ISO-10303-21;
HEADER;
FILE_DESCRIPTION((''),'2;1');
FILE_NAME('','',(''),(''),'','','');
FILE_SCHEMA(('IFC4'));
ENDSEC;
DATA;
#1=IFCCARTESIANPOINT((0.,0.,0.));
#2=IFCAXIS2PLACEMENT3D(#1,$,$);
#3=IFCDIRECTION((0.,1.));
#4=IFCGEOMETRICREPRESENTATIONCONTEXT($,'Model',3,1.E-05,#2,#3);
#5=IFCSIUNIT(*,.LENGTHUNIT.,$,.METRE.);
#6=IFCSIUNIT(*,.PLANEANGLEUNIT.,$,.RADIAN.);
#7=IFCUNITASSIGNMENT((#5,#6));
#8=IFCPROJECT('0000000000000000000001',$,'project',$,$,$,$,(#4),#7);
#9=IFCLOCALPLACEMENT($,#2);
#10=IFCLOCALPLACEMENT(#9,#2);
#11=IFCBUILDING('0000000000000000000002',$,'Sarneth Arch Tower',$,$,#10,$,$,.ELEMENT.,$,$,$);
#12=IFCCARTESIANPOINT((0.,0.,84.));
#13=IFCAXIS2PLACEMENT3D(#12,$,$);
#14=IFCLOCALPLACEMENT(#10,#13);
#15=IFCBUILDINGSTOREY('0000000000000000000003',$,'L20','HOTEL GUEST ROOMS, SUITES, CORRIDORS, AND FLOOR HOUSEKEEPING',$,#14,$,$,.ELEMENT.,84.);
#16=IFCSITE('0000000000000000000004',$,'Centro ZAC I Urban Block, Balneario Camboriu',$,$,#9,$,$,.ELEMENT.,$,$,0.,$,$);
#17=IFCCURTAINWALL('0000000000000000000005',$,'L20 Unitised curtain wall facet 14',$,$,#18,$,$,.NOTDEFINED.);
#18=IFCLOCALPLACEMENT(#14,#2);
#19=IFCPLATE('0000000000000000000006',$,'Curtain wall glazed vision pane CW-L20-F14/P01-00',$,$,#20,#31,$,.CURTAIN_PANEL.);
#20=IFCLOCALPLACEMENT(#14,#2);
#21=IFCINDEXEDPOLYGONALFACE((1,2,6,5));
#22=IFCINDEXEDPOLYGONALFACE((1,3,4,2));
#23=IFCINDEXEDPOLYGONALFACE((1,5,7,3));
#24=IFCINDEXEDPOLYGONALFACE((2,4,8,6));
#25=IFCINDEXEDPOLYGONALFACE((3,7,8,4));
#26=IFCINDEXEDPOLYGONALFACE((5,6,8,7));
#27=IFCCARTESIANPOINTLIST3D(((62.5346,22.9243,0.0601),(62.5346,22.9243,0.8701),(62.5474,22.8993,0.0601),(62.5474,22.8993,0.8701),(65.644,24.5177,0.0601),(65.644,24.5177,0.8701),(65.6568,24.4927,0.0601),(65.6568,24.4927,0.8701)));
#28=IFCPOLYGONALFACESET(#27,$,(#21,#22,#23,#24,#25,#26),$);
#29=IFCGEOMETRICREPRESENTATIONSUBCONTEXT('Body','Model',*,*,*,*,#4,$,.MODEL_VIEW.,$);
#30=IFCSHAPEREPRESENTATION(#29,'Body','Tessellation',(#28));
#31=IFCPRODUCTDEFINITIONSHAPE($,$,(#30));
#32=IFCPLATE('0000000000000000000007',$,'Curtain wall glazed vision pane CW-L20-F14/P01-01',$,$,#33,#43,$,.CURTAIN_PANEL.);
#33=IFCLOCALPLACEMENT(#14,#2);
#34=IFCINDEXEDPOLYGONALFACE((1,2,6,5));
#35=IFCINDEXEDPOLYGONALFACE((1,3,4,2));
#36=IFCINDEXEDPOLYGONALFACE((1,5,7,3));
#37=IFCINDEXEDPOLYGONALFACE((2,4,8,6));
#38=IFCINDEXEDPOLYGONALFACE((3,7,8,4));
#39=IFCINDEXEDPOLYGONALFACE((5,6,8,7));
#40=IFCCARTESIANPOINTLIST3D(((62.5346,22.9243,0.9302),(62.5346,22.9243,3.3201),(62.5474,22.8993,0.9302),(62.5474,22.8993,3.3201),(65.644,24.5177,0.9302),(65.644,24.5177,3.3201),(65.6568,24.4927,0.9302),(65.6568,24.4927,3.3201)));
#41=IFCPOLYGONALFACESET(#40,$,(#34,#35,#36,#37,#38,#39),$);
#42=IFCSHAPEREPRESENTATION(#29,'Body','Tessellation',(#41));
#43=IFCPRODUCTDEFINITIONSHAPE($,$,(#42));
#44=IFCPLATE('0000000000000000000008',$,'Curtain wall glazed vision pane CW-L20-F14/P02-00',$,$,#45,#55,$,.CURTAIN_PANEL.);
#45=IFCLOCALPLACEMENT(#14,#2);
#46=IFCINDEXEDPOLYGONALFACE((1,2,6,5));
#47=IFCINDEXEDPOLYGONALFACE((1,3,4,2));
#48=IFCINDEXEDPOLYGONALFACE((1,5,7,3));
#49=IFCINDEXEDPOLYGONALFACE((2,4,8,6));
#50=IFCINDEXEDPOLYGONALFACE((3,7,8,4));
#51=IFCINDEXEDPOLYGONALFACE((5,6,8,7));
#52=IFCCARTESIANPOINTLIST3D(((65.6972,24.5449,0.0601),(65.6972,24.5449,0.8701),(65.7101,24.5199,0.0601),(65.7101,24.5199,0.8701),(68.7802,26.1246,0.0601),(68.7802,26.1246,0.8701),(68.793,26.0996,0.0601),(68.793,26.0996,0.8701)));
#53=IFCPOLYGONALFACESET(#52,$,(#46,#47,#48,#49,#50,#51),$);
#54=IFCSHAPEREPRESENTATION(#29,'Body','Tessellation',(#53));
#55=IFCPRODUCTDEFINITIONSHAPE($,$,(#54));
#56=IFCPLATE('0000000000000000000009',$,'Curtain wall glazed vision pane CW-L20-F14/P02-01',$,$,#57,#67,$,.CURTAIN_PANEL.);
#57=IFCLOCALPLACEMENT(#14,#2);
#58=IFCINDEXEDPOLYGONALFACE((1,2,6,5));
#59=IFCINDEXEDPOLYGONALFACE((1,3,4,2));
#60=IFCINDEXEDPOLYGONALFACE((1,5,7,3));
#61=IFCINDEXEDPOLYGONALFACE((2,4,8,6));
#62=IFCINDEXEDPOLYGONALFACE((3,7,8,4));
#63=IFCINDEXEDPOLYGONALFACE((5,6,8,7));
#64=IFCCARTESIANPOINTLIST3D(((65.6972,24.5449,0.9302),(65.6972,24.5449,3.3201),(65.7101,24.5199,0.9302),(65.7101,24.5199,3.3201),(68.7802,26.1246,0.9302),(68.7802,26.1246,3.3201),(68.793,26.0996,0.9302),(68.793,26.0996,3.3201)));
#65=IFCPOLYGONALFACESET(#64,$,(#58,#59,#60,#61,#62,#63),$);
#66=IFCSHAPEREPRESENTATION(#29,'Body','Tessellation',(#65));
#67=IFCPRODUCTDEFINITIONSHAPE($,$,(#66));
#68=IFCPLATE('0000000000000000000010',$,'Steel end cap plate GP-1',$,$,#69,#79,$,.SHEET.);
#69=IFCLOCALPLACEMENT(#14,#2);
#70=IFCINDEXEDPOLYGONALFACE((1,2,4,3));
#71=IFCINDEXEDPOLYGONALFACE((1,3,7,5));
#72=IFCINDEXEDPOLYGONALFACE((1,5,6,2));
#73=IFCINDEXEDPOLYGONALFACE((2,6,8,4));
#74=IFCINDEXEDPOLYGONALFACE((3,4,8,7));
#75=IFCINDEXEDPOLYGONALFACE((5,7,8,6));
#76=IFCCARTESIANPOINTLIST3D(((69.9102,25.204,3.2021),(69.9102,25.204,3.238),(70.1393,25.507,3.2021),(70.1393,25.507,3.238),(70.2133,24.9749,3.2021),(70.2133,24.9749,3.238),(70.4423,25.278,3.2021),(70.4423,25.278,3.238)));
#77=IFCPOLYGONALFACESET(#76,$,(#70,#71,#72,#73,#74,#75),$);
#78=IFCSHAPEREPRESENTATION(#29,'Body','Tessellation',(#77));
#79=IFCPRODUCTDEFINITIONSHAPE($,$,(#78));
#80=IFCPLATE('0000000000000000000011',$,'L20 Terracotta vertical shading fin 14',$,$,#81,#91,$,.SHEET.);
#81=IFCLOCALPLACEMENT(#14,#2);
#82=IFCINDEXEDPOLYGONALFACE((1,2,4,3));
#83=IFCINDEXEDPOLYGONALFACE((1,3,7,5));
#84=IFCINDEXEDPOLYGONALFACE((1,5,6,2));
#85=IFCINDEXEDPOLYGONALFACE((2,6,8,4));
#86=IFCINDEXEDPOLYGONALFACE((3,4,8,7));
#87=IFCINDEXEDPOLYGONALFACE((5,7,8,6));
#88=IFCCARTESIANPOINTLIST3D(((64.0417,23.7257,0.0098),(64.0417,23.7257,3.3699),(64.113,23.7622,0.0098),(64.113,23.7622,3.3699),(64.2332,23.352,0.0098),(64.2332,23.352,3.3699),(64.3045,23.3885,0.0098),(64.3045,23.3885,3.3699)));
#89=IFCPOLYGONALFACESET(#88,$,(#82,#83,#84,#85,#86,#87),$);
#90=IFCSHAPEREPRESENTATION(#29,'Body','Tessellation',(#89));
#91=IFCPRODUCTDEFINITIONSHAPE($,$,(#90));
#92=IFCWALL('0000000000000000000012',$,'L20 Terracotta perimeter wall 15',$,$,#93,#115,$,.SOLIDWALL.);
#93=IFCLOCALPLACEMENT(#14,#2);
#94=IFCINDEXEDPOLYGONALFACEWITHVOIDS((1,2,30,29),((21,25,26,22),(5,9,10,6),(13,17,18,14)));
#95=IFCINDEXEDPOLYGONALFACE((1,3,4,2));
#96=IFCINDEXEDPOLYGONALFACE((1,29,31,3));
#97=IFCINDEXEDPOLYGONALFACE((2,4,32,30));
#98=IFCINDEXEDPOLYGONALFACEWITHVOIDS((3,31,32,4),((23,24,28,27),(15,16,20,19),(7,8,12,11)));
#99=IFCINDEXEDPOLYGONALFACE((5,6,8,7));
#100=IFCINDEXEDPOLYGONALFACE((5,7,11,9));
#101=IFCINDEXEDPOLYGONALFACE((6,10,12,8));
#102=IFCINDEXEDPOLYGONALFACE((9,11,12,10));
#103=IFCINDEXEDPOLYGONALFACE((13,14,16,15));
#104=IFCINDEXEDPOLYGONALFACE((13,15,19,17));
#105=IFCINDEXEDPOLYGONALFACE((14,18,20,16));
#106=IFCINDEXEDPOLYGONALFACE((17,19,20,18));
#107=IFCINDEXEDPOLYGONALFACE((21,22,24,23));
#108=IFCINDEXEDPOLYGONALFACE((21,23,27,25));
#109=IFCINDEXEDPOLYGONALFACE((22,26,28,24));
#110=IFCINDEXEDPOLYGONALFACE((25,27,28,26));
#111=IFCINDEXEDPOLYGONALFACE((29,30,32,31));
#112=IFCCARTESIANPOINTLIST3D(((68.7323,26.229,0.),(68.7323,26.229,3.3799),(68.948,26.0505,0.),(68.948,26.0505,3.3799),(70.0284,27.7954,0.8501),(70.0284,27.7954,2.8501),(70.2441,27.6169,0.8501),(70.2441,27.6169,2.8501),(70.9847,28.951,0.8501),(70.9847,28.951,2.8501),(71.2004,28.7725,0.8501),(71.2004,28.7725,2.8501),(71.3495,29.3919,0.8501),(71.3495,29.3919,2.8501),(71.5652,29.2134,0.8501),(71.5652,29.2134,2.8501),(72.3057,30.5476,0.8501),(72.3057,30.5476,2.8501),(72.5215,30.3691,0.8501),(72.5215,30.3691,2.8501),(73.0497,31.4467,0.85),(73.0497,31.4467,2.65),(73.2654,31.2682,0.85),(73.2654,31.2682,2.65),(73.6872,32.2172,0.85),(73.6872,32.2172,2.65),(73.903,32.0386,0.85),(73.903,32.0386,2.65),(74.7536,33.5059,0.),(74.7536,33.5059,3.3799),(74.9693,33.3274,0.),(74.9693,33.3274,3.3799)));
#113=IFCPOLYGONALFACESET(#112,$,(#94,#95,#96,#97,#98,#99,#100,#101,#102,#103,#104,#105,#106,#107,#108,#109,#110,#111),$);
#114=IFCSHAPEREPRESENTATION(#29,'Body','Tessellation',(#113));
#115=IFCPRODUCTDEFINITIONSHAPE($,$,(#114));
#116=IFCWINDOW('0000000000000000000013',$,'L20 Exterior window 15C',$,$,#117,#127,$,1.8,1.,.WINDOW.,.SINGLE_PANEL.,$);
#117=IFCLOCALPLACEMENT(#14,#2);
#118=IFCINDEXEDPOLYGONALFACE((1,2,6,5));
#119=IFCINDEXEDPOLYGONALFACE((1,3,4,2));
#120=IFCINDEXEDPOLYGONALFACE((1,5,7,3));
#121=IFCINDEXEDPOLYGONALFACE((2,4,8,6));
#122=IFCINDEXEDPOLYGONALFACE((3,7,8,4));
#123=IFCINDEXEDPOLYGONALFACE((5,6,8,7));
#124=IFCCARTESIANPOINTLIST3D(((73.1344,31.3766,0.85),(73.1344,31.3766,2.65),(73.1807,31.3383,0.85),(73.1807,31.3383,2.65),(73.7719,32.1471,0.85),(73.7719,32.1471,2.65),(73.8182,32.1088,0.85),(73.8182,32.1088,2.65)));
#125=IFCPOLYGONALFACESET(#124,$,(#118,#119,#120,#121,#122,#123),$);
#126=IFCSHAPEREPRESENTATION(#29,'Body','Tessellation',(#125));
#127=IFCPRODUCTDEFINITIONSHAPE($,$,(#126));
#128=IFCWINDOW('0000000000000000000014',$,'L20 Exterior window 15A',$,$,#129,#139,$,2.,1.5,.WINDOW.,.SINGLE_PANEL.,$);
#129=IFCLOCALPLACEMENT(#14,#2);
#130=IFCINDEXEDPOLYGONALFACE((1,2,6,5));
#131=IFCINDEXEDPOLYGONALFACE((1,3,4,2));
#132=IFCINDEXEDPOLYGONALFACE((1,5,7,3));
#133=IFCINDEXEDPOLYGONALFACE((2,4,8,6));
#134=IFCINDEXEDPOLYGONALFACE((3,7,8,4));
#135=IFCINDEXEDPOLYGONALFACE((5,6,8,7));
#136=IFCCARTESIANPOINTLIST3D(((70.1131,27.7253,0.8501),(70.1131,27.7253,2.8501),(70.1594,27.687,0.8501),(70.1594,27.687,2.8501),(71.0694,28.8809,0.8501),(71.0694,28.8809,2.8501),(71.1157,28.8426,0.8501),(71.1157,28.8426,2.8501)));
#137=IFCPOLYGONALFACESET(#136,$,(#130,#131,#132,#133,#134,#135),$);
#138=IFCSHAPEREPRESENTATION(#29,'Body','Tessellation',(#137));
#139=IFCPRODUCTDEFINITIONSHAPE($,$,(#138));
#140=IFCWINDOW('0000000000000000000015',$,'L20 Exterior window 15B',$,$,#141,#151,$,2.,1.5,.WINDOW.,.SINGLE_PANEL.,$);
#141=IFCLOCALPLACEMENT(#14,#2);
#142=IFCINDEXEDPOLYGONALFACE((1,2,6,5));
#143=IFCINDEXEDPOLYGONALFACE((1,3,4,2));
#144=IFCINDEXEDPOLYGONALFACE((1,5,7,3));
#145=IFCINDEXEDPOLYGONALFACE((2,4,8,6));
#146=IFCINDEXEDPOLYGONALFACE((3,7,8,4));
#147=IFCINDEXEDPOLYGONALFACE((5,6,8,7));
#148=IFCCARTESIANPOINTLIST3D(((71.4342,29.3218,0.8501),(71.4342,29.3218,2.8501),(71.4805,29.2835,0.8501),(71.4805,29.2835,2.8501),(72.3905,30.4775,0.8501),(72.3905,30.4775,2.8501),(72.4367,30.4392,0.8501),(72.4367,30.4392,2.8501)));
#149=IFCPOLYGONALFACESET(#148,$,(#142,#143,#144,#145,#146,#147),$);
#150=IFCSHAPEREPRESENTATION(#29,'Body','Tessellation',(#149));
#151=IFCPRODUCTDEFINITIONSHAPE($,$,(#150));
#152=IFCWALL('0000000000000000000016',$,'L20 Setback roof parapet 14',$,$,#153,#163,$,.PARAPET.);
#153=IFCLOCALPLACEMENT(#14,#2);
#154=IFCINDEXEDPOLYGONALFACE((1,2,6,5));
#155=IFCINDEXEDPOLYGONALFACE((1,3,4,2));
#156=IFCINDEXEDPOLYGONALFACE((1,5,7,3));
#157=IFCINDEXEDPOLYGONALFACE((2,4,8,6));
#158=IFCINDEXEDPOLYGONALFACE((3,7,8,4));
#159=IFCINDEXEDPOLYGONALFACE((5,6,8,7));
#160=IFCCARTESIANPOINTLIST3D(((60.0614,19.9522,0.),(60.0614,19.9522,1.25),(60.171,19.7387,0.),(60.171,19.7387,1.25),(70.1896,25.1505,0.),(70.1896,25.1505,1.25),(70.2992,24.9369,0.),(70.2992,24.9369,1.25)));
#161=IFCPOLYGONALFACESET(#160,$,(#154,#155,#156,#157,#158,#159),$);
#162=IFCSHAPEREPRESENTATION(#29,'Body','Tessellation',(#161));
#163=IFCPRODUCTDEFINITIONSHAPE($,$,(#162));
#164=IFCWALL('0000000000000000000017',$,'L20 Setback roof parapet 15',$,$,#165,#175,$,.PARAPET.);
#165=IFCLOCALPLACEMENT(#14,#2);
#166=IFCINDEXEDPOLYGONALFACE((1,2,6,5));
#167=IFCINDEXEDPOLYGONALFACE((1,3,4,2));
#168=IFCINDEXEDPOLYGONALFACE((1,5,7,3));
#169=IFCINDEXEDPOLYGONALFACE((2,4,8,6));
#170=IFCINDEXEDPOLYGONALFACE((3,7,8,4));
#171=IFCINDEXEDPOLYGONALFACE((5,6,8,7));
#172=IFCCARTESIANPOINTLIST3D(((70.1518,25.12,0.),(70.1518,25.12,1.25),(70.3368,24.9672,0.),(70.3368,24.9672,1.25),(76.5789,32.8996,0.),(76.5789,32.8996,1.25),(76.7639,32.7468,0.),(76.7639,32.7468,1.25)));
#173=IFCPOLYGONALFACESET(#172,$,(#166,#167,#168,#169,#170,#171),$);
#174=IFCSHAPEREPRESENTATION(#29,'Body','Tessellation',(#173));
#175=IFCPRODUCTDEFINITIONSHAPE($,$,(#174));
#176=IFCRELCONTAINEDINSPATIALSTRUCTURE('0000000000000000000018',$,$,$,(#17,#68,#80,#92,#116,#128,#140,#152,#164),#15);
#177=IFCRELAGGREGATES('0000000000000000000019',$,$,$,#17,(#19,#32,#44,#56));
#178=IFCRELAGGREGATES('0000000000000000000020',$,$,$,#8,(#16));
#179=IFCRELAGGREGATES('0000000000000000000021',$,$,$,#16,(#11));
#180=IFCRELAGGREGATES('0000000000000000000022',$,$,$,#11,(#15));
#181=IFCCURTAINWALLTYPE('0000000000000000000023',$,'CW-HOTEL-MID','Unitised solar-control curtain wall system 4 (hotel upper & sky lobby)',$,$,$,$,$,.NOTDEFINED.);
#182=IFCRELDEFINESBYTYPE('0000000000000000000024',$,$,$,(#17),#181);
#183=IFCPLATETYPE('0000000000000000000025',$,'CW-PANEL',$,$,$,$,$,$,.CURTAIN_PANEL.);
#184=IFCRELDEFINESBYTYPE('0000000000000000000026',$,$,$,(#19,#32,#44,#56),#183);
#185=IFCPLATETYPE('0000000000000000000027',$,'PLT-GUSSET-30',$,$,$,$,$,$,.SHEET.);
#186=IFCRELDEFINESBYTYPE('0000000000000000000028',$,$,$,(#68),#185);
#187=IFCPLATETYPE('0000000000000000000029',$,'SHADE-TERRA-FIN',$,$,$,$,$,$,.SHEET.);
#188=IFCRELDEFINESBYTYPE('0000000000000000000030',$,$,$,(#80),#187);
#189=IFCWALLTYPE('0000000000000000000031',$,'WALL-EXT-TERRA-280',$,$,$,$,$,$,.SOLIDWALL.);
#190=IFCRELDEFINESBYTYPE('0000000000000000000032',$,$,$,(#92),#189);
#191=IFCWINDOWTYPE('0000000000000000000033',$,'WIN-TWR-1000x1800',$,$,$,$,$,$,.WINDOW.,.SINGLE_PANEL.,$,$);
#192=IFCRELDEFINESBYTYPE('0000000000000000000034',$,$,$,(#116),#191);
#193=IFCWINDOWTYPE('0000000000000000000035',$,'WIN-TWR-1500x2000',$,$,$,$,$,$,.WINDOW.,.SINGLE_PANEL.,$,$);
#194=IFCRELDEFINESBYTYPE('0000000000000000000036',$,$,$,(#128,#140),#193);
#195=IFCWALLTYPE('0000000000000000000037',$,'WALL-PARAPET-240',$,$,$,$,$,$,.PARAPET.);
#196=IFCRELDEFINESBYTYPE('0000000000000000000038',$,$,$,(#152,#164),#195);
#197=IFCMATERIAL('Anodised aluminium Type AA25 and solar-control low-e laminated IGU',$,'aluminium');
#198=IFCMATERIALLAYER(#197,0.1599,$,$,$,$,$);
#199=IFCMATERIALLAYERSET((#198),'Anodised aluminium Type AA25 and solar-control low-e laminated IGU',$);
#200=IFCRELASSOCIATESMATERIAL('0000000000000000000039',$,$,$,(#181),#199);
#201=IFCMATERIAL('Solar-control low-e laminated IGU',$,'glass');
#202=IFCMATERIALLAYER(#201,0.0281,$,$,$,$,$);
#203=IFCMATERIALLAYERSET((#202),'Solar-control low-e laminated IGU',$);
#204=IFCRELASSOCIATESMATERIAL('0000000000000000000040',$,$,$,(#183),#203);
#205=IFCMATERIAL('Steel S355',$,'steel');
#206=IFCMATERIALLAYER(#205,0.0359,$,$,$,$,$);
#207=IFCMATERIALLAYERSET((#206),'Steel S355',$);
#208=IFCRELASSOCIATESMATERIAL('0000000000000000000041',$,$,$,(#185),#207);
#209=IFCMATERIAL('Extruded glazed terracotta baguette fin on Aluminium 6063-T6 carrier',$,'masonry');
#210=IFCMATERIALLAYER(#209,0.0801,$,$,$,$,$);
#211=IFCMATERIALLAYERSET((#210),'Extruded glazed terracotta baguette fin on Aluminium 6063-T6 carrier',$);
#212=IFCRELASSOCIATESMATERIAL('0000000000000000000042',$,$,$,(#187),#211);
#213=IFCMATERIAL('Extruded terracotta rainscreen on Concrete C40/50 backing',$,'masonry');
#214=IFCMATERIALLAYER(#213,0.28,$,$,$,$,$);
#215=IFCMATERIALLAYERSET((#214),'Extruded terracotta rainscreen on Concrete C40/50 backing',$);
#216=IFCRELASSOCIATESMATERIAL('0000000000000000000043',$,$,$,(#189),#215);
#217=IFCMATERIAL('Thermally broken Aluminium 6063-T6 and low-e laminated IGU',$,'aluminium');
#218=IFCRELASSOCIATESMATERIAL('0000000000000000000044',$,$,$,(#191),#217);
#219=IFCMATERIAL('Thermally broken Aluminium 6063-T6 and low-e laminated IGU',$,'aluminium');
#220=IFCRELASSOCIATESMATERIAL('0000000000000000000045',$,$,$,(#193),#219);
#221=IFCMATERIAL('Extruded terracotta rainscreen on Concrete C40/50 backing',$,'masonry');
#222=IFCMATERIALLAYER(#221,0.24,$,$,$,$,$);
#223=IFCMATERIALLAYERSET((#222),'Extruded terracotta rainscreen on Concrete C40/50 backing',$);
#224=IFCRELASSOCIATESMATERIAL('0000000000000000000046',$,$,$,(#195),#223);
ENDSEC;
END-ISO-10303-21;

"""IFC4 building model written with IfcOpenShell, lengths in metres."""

from ifc_helpers import new_model, si_unit, direction, frame, frame_2d, origin, origin_2d, place, context, subcontext, project, spatial, rectangle, extrude, material, layer, layer_set, type_object, element, fill, aggregate, save


model = new_model("IFC4")

# Units and contexts
model_context = context("Model", 3, precision=1e-05, world=origin(), true_north=direction((0.0, 1.0)))
body_context = subcontext(model_context, "Body", "Model", "MODEL_VIEW")
ifc_project = project(units=[si_unit("LENGTHUNIT", "METRE"), si_unit("PLANEANGLEUNIT", "RADIAN")], contexts=[model_context])

# Site, building, storey
site_placement = place(None, origin())
site = spatial("IfcSite", under=ifc_project, at=site_placement, Name="Centro ZAC I Urban Block, Balneario Camboriu", CompositionType="ELEMENT", RefElevation=0.0)
building_placement = place(site_placement, origin())
building = spatial("IfcBuilding", under=site, at=building_placement, Name="Sarneth Arch Tower", CompositionType="ELEMENT")
storey_placement = place(building_placement, frame((0.0, 0.0, 84.0)))
storey = spatial("IfcBuildingStorey", under=building, at=storey_placement, Name="L20", Description="HOTEL GUEST ROOMS, SUITES, CORRIDORS, AND FLOOR HOUSEKEEPING", CompositionType="ELEMENT", Elevation=84.0)

# Curtain wall, plates
ifc_material_1 = material(Name="Anodised aluminium Type AA25 and solar-control low-e laminated IGU", Category="aluminium")
ifc_layer_1 = layer(ifc_material_1, 0.1599)
ifc_layer_set_1 = layer_set([ifc_layer_1], Name="Anodised aluminium Type AA25 and solar-control low-e laminated IGU")
curtain_wall_type = type_object("IfcCurtainWallType", Name="CW-HOTEL-MID", Description="Unitised solar-control curtain wall system 4 (hotel upper & sky lobby)", PredefinedType="NOTDEFINED", material=ifc_layer_set_1)
curtain_wall_placement = place(storey_placement, origin())
curtain_wall = element("IfcCurtainWall", 1, at=curtain_wall_placement, inside=storey, type_object=curtain_wall_type, Name="L20 Unitised curtain wall facet 14", PredefinedType="NOTDEFINED")
ifc_material_2 = material(Name="Solar-control low-e laminated IGU", Category="glass")
ifc_layer_2 = layer(ifc_material_2, 0.0281)
ifc_layer_set_2 = layer_set([ifc_layer_2], Name="Solar-control low-e laminated IGU")
plate_type_1 = type_object("IfcPlateType", Name="CW-PANEL", PredefinedType="CURTAIN_PANEL", material=ifc_layer_set_2)
plate_1_placement = place(storey_placement, frame((64.0957, 23.7085, 0.0601), z_axis=(0.0, 0.0, 1.0), x_axis=(0.889964, 0.456031, 0.0)))
plate_1 = element("IfcPlate", 2, at=plate_1_placement, type_object=plate_type_1, Name="Curtain wall glazed vision pane CW-L20-F14/P01-00", PredefinedType="CURTAIN_PANEL", context=body_context, shape_type="SweptSolid", body=[
    extrude(rectangle(XDim=3.4939, YDim=0.0281, at=origin_2d()), origin(), (0.0, 0.0, 1.0), 0.8101),
])
plate_2_placement = place(storey_placement, frame((64.0957, 23.7085, 0.9302), z_axis=(0.0, 0.0, 1.0), x_axis=(0.889964, 0.456031, 0.0)))
plate_2 = element("IfcPlate", 3, at=plate_2_placement, type_object=plate_type_1, Name="Curtain wall glazed vision pane CW-L20-F14/P01-01", PredefinedType="CURTAIN_PANEL", context=body_context, shape_type="SweptSolid", body=[
    extrude(rectangle(XDim=3.4939, YDim=0.0281, at=origin_2d()), origin(), (0.0, 0.0, 1.0), 2.3899),
])
plate_3_placement = place(storey_placement, frame((67.2451, 25.3223, 0.0601), z_axis=(0.0, 0.0, 1.0), x_axis=(0.889964, 0.456031, 0.0)))
plate_3 = element("IfcPlate", 4, at=plate_3_placement, type_object=plate_type_1, Name="Curtain wall glazed vision pane CW-L20-F14/P02-00", PredefinedType="CURTAIN_PANEL", context=body_context, shape_type="SweptSolid", body=[
    extrude(rectangle(XDim=3.4641, YDim=0.0281, at=origin_2d()), origin(), (0.0, 0.0, 1.0), 0.8101),
])
plate_4_placement = place(storey_placement, frame((67.2451, 25.3223, 0.9302), z_axis=(0.0, 0.0, 1.0), x_axis=(0.889964, 0.456031, 0.0)))
plate_4 = element("IfcPlate", 5, at=plate_4_placement, type_object=plate_type_1, Name="Curtain wall glazed vision pane CW-L20-F14/P02-01", PredefinedType="CURTAIN_PANEL", context=body_context, shape_type="SweptSolid", body=[
    extrude(rectangle(XDim=3.4641, YDim=0.0281, at=origin_2d()), origin(), (0.0, 0.0, 1.0), 2.3899),
])
aggregate(curtain_wall, [plate_1, plate_2, plate_3, plate_4])

# Plates
ifc_material_3 = material(Name="Steel S355", Category="steel")
ifc_layer_3 = layer(ifc_material_3, 0.0359)
ifc_layer_set_3 = layer_set([ifc_layer_3], Name="Steel S355")
plate_type_2 = type_object("IfcPlateType", Name="PLT-GUSSET-30", PredefinedType="SHEET", material=ifc_layer_set_3)
plate_5_placement = place(storey_placement, frame((70.1763, 25.241, 3.2021), z_axis=(0.0, 0.0, 1.0), x_axis=(0.797794, -0.60293, 0.0)))
element("IfcPlate", 6, at=plate_5_placement, inside=storey, type_object=plate_type_2, Name="Steel end cap plate GP-1", PredefinedType="SHEET", context=body_context, shape_type="SweptSolid", body=[
    extrude(rectangle(XDim=0.3799, YDim=0.3799, at=origin_2d()), origin(), (0.0, 0.0, 1.0), 0.0359),
])
ifc_material_4 = material(Name="Extruded glazed terracotta baguette fin on Aluminium 6063-T6 carrier", Category="masonry")
ifc_layer_4 = layer(ifc_material_4, 0.0801)
ifc_layer_set_4 = layer_set([ifc_layer_4], Name="Extruded glazed terracotta baguette fin on Aluminium 6063-T6 carrier")
plate_type_3 = type_object("IfcPlateType", Name="SHADE-TERRA-FIN", PredefinedType="SHEET", material=ifc_layer_set_4)
plate_6_placement = place(storey_placement, frame((64.1731, 23.5571, 0.0098), z_axis=(0.0, 0.0, 1.0), x_axis=(0.456011, -0.889974, 0.0)))
element("IfcPlate", 7, at=plate_6_placement, inside=storey, type_object=plate_type_3, Name="L20 Terracotta vertical shading fin 14", PredefinedType="SHEET", context=body_context, shape_type="SweptSolid", body=[
    extrude(rectangle(XDim=0.4199, YDim=0.0801, at=origin_2d()), origin(), (0.0, 0.0, 1.0), 3.3601),
])

# Wall, openings, windows
ifc_material_5 = material(Name="Extruded terracotta rainscreen on Concrete C40/50 backing", Category="masonry")
ifc_layer_5 = layer(ifc_material_5, 0.28)
ifc_layer_set_5 = layer_set([ifc_layer_5], Name="Extruded terracotta rainscreen on Concrete C40/50 backing")
wall_type_1 = type_object("IfcWallType", Name="WALL-EXT-TERRA-280", PredefinedType="SOLIDWALL", material=ifc_layer_set_5)
wall_1_placement = place(storey_placement, frame((68.8401, 26.1396, 0.0), z_axis=(0.0, 0.0, 1.0), x_axis=(0.637506, 0.770446, 0.0)))
wall_1 = element("IfcWall", 8, at=wall_1_placement, inside=storey, type_object=wall_type_1, Name="L20 Terracotta perimeter wall 15", PredefinedType="SOLIDWALL", context=body_context, shape_type="SweptSolid", body=[
    extrude(rectangle(XDim=9.4451, YDim=0.28, at=frame_2d((4.7227, 0.0))), origin(), (0.0, 0.0, 1.0), 3.3799),
])
opening_1_placement = place(wall_1_placement, frame((2.0332, 0.0, 0.8501)))
opening_1 = element("IfcOpeningElement", 9, at=opening_1_placement, cuts=wall_1, PredefinedType="OPENING", context=body_context, shape_type="SweptSolid", body=[
    extrude(rectangle(XDim=1.5, YDim=2.0, at=frame_2d((0.75, 1.0))), frame((0.0, 0.1499, 0.0), z_axis=(0.0, -1.0, 0.0), x_axis=(1.0, 0.0, 0.0)), (0.0, 0.0, 1.0), 0.3),
])
opening_2_placement = place(wall_1_placement, frame((4.1055, 0.0, 0.8501)))
opening_2 = element("IfcOpeningElement", 10, at=opening_2_placement, cuts=wall_1, PredefinedType="OPENING", context=body_context, shape_type="SweptSolid", body=[
    extrude(rectangle(XDim=1.5, YDim=2.0, at=frame_2d((0.75, 1.0))), frame((0.0, 0.1499, 0.0), z_axis=(0.0, -1.0, 0.0), x_axis=(1.0, 0.0, 0.0)), (0.0, 0.0, 1.0), 0.3),
])
opening_3_placement = place(wall_1_placement, frame((6.7725, 0.0, 0.8501)))
opening_3 = element("IfcOpeningElement", 11, at=opening_3_placement, cuts=wall_1, PredefinedType="OPENING", context=body_context, shape_type="SweptSolid", body=[
    extrude(rectangle(XDim=1.0, YDim=1.8, at=frame_2d((0.5, 0.8999))), frame((0.0, 0.1499, 0.0), z_axis=(0.0, -1.0, 0.0), x_axis=(1.0, 0.0, 0.0)), (0.0, 0.0, 1.0), 0.3),
])
ifc_material_6 = material(Name="Thermally broken Aluminium 6063-T6 and low-e laminated IGU", Category="aluminium")
window_type_1 = type_object("IfcWindowType", Name="WIN-TWR-1000x1800", PartitioningType="SINGLE_PANEL", PredefinedType="WINDOW", material=ifc_material_6)
window_1_placement = place(opening_3_placement, origin())
window_1 = element("IfcWindow", 12, at=window_1_placement, inside=storey, type_object=window_type_1, Name="L20 Exterior window 15C", OverallHeight=1.8, OverallWidth=1.0, PartitioningType="SINGLE_PANEL", PredefinedType="WINDOW", context=body_context, shape_type="SweptSolid", body=[
    extrude(rectangle(XDim=1.0, YDim=1.8, at=frame_2d((0.5, 0.8999))), frame((0.0, 0.03, 0.0), z_axis=(0.0, -1.0, 0.0), x_axis=(1.0, 0.0, 0.0)), (0.0, 0.0, 1.0), 0.0601),
])
fill(opening_3, window_1)
ifc_material_7 = material(Name="Thermally broken Aluminium 6063-T6 and low-e laminated IGU", Category="aluminium")
window_type_2 = type_object("IfcWindowType", Name="WIN-TWR-1500x2000", PartitioningType="SINGLE_PANEL", PredefinedType="WINDOW", material=ifc_material_7)
window_2_placement = place(opening_1_placement, origin())
window_2 = element("IfcWindow", 13, at=window_2_placement, inside=storey, type_object=window_type_2, Name="L20 Exterior window 15A", OverallHeight=2.0, OverallWidth=1.5, PartitioningType="SINGLE_PANEL", PredefinedType="WINDOW", context=body_context, shape_type="SweptSolid", body=[
    extrude(rectangle(XDim=1.5, YDim=2.0, at=frame_2d((0.75, 1.0))), frame((0.0, 0.03, 0.0), z_axis=(0.0, -1.0, 0.0), x_axis=(1.0, 0.0, 0.0)), (0.0, 0.0, 1.0), 0.0601),
])
fill(opening_1, window_2)
window_3_placement = place(opening_2_placement, origin())
window_3 = element("IfcWindow", 14, at=window_3_placement, inside=storey, type_object=window_type_2, Name="L20 Exterior window 15B", OverallHeight=2.0, OverallWidth=1.5, PartitioningType="SINGLE_PANEL", PredefinedType="WINDOW", context=body_context, shape_type="SweptSolid", body=[
    extrude(rectangle(XDim=1.5, YDim=2.0, at=frame_2d((0.75, 1.0))), frame((0.0, 0.03, 0.0), z_axis=(0.0, -1.0, 0.0), x_axis=(1.0, 0.0, 0.0)), (0.0, 0.0, 1.0), 0.0601),
])
fill(opening_2, window_3)

# Walls
ifc_material_8 = material(Name="Extruded terracotta rainscreen on Concrete C40/50 backing", Category="masonry")
ifc_layer_6 = layer(ifc_material_8, 0.24)
ifc_layer_set_6 = layer_set([ifc_layer_6], Name="Extruded terracotta rainscreen on Concrete C40/50 backing")
wall_type_2 = type_object("IfcWallType", Name="WALL-PARAPET-240", PredefinedType="PARAPET", material=ifc_layer_set_6)
wall_2_placement = place(storey_placement, frame((60.1162, 19.8455, 0.0), z_axis=(0.0, 0.0, 1.0), x_axis=(0.889664, 0.456616, 0.0)))
element("IfcWall", 15, at=wall_2_placement, inside=storey, type_object=wall_type_2, Name="L20 Setback roof parapet 14", PredefinedType="PARAPET", context=body_context, shape_type="SweptSolid", body=[
    extrude(rectangle(XDim=11.3843, YDim=0.24, at=frame_2d((5.6921, 0.0))), origin(), (0.0, 0.0, 1.0), 1.25),
])
wall_3_placement = place(storey_placement, frame((70.2444, 25.0437, 0.0), z_axis=(0.0, 0.0, 1.0), x_axis=(0.636906, 0.770941, 0.0)))
element("IfcWall", 16, at=wall_3_placement, inside=storey, type_object=wall_type_2, Name="L20 Setback roof parapet 15", PredefinedType="PARAPET", context=body_context, shape_type="SweptSolid", body=[
    extrude(rectangle(XDim=10.0911, YDim=0.24, at=frame_2d((5.0454, 0.0))), origin(), (0.0, 0.0, 1.0), 1.25),
])

save(model, "model.ifc")
